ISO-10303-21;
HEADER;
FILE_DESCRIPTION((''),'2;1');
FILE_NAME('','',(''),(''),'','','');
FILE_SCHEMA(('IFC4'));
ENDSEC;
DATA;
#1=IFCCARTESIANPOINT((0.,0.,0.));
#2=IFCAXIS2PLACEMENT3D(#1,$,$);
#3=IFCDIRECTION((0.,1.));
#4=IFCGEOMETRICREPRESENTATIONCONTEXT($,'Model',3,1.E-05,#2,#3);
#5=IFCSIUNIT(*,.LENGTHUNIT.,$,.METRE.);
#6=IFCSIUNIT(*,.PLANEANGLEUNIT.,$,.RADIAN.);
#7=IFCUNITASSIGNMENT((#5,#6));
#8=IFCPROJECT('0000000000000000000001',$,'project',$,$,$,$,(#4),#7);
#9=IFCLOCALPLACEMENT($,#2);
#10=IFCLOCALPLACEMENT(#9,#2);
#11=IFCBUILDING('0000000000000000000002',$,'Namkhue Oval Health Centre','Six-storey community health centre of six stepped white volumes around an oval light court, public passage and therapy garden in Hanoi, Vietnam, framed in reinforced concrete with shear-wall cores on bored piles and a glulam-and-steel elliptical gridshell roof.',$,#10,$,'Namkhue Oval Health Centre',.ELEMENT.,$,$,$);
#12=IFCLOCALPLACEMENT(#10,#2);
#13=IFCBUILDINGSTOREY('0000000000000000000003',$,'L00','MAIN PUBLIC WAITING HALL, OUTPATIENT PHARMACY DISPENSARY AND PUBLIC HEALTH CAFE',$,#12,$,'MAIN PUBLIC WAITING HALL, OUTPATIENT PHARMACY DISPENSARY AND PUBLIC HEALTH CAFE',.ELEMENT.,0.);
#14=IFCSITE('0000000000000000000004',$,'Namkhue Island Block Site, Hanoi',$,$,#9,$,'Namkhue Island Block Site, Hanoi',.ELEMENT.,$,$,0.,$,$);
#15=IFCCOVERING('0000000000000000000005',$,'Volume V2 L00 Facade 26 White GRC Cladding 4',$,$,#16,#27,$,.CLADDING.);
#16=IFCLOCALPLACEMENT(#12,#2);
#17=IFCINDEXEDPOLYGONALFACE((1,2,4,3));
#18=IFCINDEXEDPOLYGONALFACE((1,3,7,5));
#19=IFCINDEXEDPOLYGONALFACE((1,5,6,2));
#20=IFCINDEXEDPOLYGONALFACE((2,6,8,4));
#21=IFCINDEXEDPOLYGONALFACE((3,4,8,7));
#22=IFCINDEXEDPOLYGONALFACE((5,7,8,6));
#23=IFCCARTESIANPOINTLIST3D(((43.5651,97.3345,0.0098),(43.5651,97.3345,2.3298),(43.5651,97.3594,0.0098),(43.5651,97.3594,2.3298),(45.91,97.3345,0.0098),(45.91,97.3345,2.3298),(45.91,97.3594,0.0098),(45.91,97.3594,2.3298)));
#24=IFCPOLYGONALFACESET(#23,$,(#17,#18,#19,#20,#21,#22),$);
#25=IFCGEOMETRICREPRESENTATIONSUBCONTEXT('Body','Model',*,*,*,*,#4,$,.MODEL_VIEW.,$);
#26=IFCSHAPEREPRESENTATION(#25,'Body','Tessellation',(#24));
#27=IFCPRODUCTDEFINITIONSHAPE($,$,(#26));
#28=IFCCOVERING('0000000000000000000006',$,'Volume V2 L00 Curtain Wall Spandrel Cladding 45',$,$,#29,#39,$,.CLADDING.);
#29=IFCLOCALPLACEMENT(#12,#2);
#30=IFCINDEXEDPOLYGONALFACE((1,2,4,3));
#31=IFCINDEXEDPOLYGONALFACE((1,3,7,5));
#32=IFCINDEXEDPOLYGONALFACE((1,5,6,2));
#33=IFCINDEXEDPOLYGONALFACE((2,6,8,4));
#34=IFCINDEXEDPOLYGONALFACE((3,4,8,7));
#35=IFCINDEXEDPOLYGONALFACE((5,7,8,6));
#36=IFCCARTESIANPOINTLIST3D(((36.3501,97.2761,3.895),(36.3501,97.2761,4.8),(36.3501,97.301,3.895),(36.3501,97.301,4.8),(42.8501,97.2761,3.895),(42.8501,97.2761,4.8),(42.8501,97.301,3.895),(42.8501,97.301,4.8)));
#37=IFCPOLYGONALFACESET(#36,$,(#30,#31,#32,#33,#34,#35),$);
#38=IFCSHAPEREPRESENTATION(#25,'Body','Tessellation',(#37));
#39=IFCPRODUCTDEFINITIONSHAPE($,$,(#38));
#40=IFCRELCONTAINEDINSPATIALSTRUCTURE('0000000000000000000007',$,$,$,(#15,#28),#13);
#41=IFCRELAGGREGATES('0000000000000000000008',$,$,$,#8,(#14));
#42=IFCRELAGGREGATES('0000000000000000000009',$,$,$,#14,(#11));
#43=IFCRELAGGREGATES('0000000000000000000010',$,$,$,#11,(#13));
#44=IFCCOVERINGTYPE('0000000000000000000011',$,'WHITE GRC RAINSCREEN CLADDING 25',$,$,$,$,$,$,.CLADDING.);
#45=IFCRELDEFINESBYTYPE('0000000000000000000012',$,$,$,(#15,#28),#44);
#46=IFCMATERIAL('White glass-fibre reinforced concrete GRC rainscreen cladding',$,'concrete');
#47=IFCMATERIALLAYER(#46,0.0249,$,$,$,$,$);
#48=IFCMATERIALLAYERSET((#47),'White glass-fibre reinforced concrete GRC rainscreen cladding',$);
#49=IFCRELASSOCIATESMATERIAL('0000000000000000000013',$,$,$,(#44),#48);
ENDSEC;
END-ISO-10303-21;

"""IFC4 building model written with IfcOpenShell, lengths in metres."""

from ifc_helpers import new_model, si_unit, direction, frame, origin, origin_2d, place, context, subcontext, project, spatial, rectangle, extrude, material, layer, layer_set, type_object, element, save


model = new_model("IFC4")

# Units and contexts
model_context = context("Model", 3, precision=1e-05, world=origin(), true_north=direction((0.0, 1.0)))
body_context = subcontext(model_context, "Body", "Model", "MODEL_VIEW")
ifc_project = project(units=[si_unit("LENGTHUNIT", "METRE"), si_unit("PLANEANGLEUNIT", "RADIAN")], contexts=[model_context])

# Site, building, storey
site_placement = place(None, origin())
site = spatial("IfcSite", under=ifc_project, at=site_placement, Name="Namkhue Island Block Site, Hanoi", LongName="Namkhue Island Block Site, Hanoi", CompositionType="ELEMENT", RefElevation=0.0)
building_placement = place(site_placement, origin())
building = spatial("IfcBuilding", under=site, at=building_placement, Name="Namkhue Oval Health Centre", Description="Six-storey community health centre of six stepped white volumes around an oval light court, public passage and therapy garden in Hanoi, Vietnam, framed in reinforced concrete with shear-wall cores on bored piles and a glulam-and-steel elliptical gridshell roof.", LongName="Namkhue Oval Health Centre", CompositionType="ELEMENT")
storey_placement = place(building_placement, origin())
storey = spatial("IfcBuildingStorey", under=building, at=storey_placement, Name="L00", Description="MAIN PUBLIC WAITING HALL, OUTPATIENT PHARMACY DISPENSARY AND PUBLIC HEALTH CAFE", LongName="MAIN PUBLIC WAITING HALL, OUTPATIENT PHARMACY DISPENSARY AND PUBLIC HEALTH CAFE", CompositionType="ELEMENT", Elevation=0.0)

# Coverings
ifc_material_1 = material(Name="White glass-fibre reinforced concrete GRC rainscreen cladding", Category="concrete")
ifc_layer_1 = layer(ifc_material_1, 0.0249)
ifc_layer_set_1 = layer_set([ifc_layer_1], Name="White glass-fibre reinforced concrete GRC rainscreen cladding")
covering_type = type_object("IfcCoveringType", Name="WHITE GRC RAINSCREEN CLADDING 25", PredefinedType="CLADDING", material=ifc_layer_set_1)
covering_1_placement = place(storey_placement, frame((44.7375, 97.3469, 0.0098), z_axis=(0.0, 0.0, 1.0), x_axis=(-1.0, 0.0, 0.0)))
element("IfcCovering", 1, at=covering_1_placement, inside=storey, type_object=covering_type, Name="Volume V2 L00 Facade 26 White GRC Cladding 4", PredefinedType="CLADDING", context=body_context, shape_type="SweptSolid", body=[
    extrude(rectangle(XDim=2.345, YDim=0.0249, at=origin_2d()), origin(), (0.0, 0.0, 1.0), 2.3201),
])
covering_2_placement = place(storey_placement, frame((39.6001, 97.2886, 3.895), z_axis=(0.0, 0.0, 1.0), x_axis=(-1.0, 0.0, 0.0)))
element("IfcCovering", 2, at=covering_2_placement, inside=storey, type_object=covering_type, Name="Volume V2 L00 Curtain Wall Spandrel Cladding 45", PredefinedType="CLADDING", context=body_context, shape_type="SweptSolid", body=[
    extrude(rectangle(XDim=6.5, YDim=0.0249, at=origin_2d()), origin(), (0.0, 0.0, 1.0), 0.905),
])

save(model, "model.ifc")
